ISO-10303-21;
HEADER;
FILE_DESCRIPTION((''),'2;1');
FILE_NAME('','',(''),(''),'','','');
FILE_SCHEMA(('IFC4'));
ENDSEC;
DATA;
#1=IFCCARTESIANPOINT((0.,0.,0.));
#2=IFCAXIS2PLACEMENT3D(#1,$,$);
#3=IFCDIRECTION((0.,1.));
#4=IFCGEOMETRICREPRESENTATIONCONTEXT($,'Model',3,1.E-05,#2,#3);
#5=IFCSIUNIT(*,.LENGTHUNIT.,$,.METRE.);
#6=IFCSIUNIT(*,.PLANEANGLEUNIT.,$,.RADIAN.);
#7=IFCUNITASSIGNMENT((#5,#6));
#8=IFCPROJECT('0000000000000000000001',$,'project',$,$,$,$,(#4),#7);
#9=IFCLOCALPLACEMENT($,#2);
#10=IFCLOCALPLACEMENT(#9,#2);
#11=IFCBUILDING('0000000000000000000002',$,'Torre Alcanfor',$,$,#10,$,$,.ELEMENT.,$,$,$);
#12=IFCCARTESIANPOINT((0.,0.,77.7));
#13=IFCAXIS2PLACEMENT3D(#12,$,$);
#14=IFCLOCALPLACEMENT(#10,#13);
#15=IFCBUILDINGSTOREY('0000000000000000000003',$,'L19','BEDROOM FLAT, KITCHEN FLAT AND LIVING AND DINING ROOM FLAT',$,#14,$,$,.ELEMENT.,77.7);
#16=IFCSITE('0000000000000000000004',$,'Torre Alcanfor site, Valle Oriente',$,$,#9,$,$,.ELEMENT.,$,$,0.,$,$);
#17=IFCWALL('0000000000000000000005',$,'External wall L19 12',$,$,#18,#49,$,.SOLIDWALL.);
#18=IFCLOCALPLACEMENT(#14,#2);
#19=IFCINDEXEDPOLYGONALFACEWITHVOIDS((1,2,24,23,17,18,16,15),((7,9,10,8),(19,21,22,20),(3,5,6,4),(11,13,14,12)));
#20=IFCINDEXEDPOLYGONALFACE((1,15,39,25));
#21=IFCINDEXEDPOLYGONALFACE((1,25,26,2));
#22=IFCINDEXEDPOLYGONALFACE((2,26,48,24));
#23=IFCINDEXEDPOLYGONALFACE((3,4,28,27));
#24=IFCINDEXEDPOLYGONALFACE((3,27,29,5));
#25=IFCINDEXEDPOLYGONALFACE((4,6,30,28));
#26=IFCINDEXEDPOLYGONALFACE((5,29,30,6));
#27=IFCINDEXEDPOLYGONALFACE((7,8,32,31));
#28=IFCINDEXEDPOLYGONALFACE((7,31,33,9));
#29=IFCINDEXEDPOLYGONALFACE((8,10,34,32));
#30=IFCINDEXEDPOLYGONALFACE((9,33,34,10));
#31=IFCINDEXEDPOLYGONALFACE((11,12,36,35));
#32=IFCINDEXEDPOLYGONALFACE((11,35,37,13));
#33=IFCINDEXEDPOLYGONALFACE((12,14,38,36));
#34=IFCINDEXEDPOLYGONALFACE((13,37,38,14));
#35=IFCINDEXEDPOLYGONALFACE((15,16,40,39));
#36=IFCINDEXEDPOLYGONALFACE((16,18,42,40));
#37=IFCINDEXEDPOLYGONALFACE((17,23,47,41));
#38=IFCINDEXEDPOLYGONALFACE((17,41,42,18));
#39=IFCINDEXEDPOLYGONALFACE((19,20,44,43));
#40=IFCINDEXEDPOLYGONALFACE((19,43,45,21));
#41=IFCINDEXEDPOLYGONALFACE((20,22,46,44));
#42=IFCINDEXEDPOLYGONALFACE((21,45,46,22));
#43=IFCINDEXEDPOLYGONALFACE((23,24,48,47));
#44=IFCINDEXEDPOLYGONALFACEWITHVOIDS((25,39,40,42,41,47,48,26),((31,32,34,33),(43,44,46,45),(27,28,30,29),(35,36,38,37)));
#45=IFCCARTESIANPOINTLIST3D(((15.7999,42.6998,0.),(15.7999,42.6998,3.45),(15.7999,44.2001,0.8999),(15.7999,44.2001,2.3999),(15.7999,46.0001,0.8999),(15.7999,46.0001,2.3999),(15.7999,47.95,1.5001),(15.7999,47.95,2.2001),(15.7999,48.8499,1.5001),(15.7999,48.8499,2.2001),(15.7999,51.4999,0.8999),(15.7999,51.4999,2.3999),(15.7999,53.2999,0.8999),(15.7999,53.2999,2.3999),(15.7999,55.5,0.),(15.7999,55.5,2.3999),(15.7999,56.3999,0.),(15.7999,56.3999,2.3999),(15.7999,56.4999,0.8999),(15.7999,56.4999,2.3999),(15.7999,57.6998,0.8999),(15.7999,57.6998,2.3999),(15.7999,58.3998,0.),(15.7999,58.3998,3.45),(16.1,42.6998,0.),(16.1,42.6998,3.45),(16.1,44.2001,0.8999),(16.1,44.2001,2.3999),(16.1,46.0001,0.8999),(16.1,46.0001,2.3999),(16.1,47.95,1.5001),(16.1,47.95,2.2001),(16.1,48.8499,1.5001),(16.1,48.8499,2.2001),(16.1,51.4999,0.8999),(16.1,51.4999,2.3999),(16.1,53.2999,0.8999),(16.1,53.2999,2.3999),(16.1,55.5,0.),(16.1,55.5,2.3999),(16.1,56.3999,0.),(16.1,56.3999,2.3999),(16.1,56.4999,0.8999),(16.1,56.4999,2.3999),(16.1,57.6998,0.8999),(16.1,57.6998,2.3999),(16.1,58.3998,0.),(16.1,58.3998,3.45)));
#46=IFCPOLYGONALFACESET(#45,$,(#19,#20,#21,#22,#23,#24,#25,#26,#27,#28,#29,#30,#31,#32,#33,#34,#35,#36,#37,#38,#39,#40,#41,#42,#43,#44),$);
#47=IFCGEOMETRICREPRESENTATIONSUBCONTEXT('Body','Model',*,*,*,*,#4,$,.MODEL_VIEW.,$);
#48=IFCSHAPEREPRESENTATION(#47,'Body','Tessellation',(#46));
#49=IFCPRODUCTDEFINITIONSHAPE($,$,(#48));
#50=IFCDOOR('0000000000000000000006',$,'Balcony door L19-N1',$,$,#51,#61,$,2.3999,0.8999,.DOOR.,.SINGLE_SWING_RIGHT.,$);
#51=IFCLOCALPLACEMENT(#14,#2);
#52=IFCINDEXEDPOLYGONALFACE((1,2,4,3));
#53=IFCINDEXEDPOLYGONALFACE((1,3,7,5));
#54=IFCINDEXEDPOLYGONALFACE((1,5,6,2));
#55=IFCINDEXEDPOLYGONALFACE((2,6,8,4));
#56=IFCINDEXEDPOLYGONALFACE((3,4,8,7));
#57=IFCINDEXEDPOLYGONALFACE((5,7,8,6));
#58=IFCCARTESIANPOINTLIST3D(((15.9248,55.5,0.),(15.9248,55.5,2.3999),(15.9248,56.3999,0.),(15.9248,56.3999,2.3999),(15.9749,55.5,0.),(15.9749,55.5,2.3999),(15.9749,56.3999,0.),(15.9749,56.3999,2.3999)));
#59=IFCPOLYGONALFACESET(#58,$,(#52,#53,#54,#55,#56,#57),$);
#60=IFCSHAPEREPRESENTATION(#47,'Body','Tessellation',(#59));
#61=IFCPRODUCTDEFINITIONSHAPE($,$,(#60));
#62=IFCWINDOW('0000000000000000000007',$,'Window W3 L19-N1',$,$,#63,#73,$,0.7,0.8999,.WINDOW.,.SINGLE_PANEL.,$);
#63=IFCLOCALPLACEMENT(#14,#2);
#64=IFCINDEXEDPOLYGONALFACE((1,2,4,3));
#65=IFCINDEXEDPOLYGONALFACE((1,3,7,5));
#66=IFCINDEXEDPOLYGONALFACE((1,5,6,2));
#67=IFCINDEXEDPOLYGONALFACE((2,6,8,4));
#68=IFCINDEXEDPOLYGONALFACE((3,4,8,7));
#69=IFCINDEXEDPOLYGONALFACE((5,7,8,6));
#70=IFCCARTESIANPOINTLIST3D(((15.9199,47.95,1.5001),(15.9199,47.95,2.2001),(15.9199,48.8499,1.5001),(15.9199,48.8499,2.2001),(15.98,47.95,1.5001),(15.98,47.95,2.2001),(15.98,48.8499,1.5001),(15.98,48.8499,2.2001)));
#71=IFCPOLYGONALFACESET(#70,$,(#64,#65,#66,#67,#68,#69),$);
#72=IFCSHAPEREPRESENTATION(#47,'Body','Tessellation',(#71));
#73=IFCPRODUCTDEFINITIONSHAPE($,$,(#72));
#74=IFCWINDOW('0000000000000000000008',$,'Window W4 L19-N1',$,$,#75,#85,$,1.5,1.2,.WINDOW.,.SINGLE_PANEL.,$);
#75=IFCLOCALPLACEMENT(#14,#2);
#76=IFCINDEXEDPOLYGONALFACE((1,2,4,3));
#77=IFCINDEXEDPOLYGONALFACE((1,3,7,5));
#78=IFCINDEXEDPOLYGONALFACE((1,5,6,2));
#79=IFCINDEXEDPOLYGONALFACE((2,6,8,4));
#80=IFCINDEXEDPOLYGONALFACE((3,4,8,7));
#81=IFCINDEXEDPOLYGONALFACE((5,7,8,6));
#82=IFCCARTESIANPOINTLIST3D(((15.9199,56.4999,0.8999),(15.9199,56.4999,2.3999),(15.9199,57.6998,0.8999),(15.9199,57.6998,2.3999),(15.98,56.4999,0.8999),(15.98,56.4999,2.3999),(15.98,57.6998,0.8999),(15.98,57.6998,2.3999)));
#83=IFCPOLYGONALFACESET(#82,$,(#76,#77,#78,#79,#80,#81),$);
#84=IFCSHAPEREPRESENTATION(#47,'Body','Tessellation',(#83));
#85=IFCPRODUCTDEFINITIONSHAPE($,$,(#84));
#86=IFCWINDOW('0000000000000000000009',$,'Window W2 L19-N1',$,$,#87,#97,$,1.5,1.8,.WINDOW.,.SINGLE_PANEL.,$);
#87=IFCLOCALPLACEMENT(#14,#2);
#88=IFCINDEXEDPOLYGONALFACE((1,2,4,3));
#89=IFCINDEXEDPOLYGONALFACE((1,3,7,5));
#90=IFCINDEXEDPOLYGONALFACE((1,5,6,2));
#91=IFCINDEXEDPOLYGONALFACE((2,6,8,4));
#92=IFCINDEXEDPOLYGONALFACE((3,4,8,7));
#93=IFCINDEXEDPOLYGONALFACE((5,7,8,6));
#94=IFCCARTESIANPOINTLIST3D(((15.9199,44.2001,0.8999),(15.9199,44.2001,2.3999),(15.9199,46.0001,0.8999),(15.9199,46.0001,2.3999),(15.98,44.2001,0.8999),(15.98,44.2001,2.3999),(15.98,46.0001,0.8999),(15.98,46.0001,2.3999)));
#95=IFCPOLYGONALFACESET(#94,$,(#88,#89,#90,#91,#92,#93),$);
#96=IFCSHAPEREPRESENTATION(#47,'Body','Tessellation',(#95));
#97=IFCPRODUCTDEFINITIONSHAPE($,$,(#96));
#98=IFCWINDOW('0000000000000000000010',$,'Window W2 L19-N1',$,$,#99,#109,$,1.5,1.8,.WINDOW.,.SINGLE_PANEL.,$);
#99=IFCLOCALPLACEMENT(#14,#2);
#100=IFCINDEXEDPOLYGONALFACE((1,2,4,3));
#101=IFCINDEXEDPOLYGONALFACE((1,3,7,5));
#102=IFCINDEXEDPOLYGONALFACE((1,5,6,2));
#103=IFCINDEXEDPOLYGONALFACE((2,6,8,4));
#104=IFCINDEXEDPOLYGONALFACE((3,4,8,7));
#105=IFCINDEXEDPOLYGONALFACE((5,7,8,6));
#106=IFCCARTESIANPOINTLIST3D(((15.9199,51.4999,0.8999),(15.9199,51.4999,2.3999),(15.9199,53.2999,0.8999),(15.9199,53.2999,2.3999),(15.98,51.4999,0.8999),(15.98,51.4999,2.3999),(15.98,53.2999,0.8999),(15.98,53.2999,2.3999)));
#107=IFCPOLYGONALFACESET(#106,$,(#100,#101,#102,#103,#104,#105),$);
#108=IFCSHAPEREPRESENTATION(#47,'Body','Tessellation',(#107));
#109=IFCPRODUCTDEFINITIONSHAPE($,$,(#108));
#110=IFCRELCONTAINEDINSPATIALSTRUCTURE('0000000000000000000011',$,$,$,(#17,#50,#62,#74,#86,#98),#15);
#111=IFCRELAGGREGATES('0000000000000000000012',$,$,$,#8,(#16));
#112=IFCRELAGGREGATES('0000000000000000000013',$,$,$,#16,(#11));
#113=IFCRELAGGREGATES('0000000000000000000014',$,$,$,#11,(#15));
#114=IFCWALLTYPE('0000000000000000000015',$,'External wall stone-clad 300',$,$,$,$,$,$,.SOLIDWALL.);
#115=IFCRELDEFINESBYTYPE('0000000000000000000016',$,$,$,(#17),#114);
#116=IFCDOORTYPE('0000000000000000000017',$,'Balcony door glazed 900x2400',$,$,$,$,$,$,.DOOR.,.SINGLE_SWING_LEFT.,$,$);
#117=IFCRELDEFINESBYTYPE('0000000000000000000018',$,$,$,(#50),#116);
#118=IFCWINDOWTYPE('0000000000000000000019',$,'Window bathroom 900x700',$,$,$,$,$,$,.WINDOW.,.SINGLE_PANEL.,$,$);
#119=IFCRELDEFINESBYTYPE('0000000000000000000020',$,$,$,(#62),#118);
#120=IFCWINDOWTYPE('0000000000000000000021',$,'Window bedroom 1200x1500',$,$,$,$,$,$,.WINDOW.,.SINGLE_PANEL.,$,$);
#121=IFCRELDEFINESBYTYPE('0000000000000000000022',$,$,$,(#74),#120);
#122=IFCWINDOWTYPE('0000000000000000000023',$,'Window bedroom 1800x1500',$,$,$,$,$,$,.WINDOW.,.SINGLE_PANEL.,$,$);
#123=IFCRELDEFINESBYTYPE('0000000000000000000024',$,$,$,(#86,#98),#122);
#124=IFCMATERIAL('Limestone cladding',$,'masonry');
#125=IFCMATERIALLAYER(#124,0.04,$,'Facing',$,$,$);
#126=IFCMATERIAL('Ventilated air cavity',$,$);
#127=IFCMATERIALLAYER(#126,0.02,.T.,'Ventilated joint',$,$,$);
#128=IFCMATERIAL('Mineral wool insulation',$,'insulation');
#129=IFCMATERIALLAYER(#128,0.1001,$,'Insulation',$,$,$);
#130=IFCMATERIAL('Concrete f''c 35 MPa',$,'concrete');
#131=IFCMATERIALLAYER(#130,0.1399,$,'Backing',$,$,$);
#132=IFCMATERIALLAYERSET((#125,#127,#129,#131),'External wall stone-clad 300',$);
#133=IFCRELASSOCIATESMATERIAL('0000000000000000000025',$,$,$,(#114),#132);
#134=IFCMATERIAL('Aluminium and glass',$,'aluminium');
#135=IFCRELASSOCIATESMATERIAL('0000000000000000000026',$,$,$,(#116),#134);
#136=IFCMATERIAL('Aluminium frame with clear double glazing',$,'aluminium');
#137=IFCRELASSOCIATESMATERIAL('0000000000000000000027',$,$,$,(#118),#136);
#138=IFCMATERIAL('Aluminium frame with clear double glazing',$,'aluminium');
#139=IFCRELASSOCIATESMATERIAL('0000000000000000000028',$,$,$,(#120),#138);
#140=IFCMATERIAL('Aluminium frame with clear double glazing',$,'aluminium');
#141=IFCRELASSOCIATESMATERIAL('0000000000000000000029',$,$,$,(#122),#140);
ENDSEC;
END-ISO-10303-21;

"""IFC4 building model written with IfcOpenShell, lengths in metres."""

from ifc_helpers import new_model, si_unit, direction, frame, frame_2d, origin, place, context, subcontext, project, spatial, rectangle, extrude, material, layer, layer_set, type_object, element, fill, save


model = new_model("IFC4")

# Units and contexts
model_context = context("Model", 3, precision=1e-05, world=origin(), true_north=direction((0.0, 1.0)))
body_context = subcontext(model_context, "Body", "Model", "MODEL_VIEW")
ifc_project = project(units=[si_unit("LENGTHUNIT", "METRE"), si_unit("PLANEANGLEUNIT", "RADIAN")], contexts=[model_context])

# Site, building, storey
site_placement = place(None, origin())
site = spatial("IfcSite", under=ifc_project, at=site_placement, Name="Torre Alcanfor site, Valle Oriente", CompositionType="ELEMENT", RefElevation=0.0)
building_placement = place(site_placement, origin())
building = spatial("IfcBuilding", under=site, at=building_placement, Name="Torre Alcanfor", CompositionType="ELEMENT")
storey_placement = place(building_placement, frame((0.0, 0.0, 77.7)))
storey = spatial("IfcBuildingStorey", under=building, at=storey_placement, Name="L19", Description="BEDROOM FLAT, KITCHEN FLAT AND LIVING AND DINING ROOM FLAT", CompositionType="ELEMENT", Elevation=77.7)

# Wall, openings, door, windows
ifc_material_1 = material(Name="Limestone cladding", Category="masonry")
ifc_layer_1 = layer(ifc_material_1, 0.04, Name="Facing")
ifc_material_2 = material(Name="Ventilated air cavity")
ifc_layer_2 = layer(ifc_material_2, 0.02, ventilated=True, Name="Ventilated joint")
ifc_material_3 = material(Name="Mineral wool insulation", Category="insulation")
ifc_layer_3 = layer(ifc_material_3, 0.1001, Name="Insulation")
ifc_material_4 = material(Name="Concrete f'c 35 MPa", Category="concrete")
ifc_layer_4 = layer(ifc_material_4, 0.1399, Name="Backing")
ifc_layer_set_1 = layer_set([ifc_layer_1, ifc_layer_2, ifc_layer_3, ifc_layer_4], Name="External wall stone-clad 300")
wall_type_1 = type_object("IfcWallType", Name="External wall stone-clad 300", PredefinedType="SOLIDWALL", material=ifc_layer_set_1)
ifc_material_5 = material(Name="Aluminium and glass", Category="aluminium")
door_type = type_object("IfcDoorType", Name="Balcony door glazed 900x2400", OperationType="SINGLE_SWING_LEFT", PredefinedType="DOOR", material=ifc_material_5)
ifc_material_6 = material(Name="Aluminium frame with clear double glazing", Category="aluminium")
window_type_1 = type_object("IfcWindowType", Name="Window bathroom 900x700", PartitioningType="SINGLE_PANEL", PredefinedType="WINDOW", material=ifc_material_6)
ifc_material_7 = material(Name="Aluminium frame with clear double glazing", Category="aluminium")
window_type_2 = type_object("IfcWindowType", Name="Window bedroom 1200x1500", PartitioningType="SINGLE_PANEL", PredefinedType="WINDOW", material=ifc_material_7)
ifc_material_8 = material(Name="Aluminium frame with clear double glazing", Category="aluminium")
window_type_3 = type_object("IfcWindowType", Name="Window bedroom 1800x1500", PartitioningType="SINGLE_PANEL", PredefinedType="WINDOW", material=ifc_material_8)
wall_1_placement = place(storey_placement, frame((15.95, 58.3999, 0.0), z_axis=(0.0, 0.0, 1.0), x_axis=(0.0, -1.0, 0.0)))
wall_1 = element("IfcWall", 1, at=wall_1_placement, inside=storey, type_object=wall_type_1, Name="External wall L19 12", PredefinedType="SOLIDWALL", context=body_context, shape_type="SweptSolid", body=[
    extrude(rectangle(XDim=15.7, YDim=0.3, at=frame_2d((7.8501, 0.0))), origin(), (0.0, 0.0, 1.0), 3.45),
])
opening_1_placement = place(wall_1_placement, frame((12.3999, 0.0, 0.8999)))
opening_1 = element("IfcOpeningElement", 2, at=opening_1_placement, cuts=wall_1, PredefinedType="OPENING", context=body_context, shape_type="SweptSolid", body=[
    extrude(rectangle(XDim=1.8, YDim=1.5, at=frame_2d((0.8999, 0.75))), frame((0.0, 0.1599, 0.0), z_axis=(0.0, -1.0, 0.0), x_axis=(1.0, 0.0, 0.0)), (0.0, 0.0, 1.0), 0.3201),
])
opening_2_placement = place(wall_1_placement, frame((9.55, 0.0, 1.5)))
opening_2 = element("IfcOpeningElement", 3, at=opening_2_placement, cuts=wall_1, PredefinedType="OPENING", context=body_context, shape_type="SweptSolid", body=[
    extrude(rectangle(XDim=0.8999, YDim=0.7, at=frame_2d((0.45, 0.3501))), frame((0.0, 0.1599, 0.0), z_axis=(0.0, -1.0, 0.0), x_axis=(1.0, 0.0, 0.0)), (0.0, 0.0, 1.0), 0.3201),
])
opening_3_placement = place(wall_1_placement, frame((5.1001, 0.0, 0.8999)))
opening_3 = element("IfcOpeningElement", 4, at=opening_3_placement, cuts=wall_1, PredefinedType="OPENING", context=body_context, shape_type="SweptSolid", body=[
    extrude(rectangle(XDim=1.8, YDim=1.5, at=frame_2d((0.8999, 0.75))), frame((0.0, 0.1599, 0.0), z_axis=(0.0, -1.0, 0.0), x_axis=(1.0, 0.0, 0.0)), (0.0, 0.0, 1.0), 0.3201),
])
opening_4_placement = place(wall_1_placement, frame((2.0, 0.0, 0.0)))
opening_4 = element("IfcOpeningElement", 5, at=opening_4_placement, cuts=wall_1, PredefinedType="OPENING", context=body_context, shape_type="SweptSolid", body=[
    extrude(rectangle(XDim=0.8999, YDim=2.3999, at=frame_2d((0.45, 1.2))), frame((0.0, 0.1599, 0.0), z_axis=(0.0, -1.0, 0.0), x_axis=(1.0, 0.0, 0.0)), (0.0, 0.0, 1.0), 0.3201),
])
opening_5_placement = place(wall_1_placement, frame((0.7, 0.0, 0.8999)))
opening_5 = element("IfcOpeningElement", 6, at=opening_5_placement, cuts=wall_1, PredefinedType="OPENING", context=body_context, shape_type="SweptSolid", body=[
    extrude(rectangle(XDim=1.2, YDim=1.5, at=frame_2d((0.6001, 0.75))), frame((0.0, 0.1599, 0.0), z_axis=(0.0, -1.0, 0.0), x_axis=(1.0, 0.0, 0.0)), (0.0, 0.0, 1.0), 0.3201),
])
door_1_placement = place(opening_4_placement, origin())
door_1 = element("IfcDoor", 7, at=door_1_placement, inside=storey, type_object=door_type, Name="Balcony door L19-N1", OperationType="SINGLE_SWING_RIGHT", OverallHeight=2.3999, OverallWidth=0.8999, PredefinedType="DOOR", context=body_context, shape_type="SweptSolid", body=[
    extrude(rectangle(XDim=0.8999, YDim=2.3999, at=frame_2d((0.45, 1.2))), frame((0.0, 0.0249, 0.0), z_axis=(0.0, -1.0, 0.0), x_axis=(1.0, 0.0, 0.0)), (0.0, 0.0, 1.0), 0.05),
])
fill(opening_4, door_1)
window_1_placement = place(opening_2_placement, origin())
window_1 = element("IfcWindow", 8, at=window_1_placement, inside=storey, type_object=window_type_1, Name="Window W3 L19-N1", OverallHeight=0.7, OverallWidth=0.8999, PartitioningType="SINGLE_PANEL", PredefinedType="WINDOW", context=body_context, shape_type="SweptSolid", body=[
    extrude(rectangle(XDim=0.8999, YDim=0.7, at=frame_2d((0.45, 0.3501))), frame((0.0, 0.03, 0.0), z_axis=(0.0, -1.0, 0.0), x_axis=(1.0, 0.0, 0.0)), (0.0, 0.0, 1.0), 0.0601),
])
fill(opening_2, window_1)
window_2_placement = place(opening_5_placement, origin())
window_2 = element("IfcWindow", 9, at=window_2_placement, inside=storey, type_object=window_type_2, Name="Window W4 L19-N1", OverallHeight=1.5, OverallWidth=1.2, PartitioningType="SINGLE_PANEL", PredefinedType="WINDOW", context=body_context, shape_type="SweptSolid", body=[
    extrude(rectangle(XDim=1.2, YDim=1.5, at=frame_2d((0.6001, 0.75))), frame((0.0, 0.03, 0.0), z_axis=(0.0, -1.0, 0.0), x_axis=(1.0, 0.0, 0.0)), (0.0, 0.0, 1.0), 0.0601),
])
fill(opening_5, window_2)
window_3_placement = place(opening_1_placement, origin())
window_3 = element("IfcWindow", 10, at=window_3_placement, inside=storey, type_object=window_type_3, Name="Window W2 L19-N1", OverallHeight=1.5, OverallWidth=1.8, PartitioningType="SINGLE_PANEL", PredefinedType="WINDOW", context=body_context, shape_type="SweptSolid", body=[
    extrude(rectangle(XDim=1.8, YDim=1.5, at=frame_2d((0.8999, 0.75))), frame((0.0, 0.03, 0.0), z_axis=(0.0, -1.0, 0.0), x_axis=(1.0, 0.0, 0.0)), (0.0, 0.0, 1.0), 0.0601),
])
fill(opening_1, window_3)
window_4_placement = place(opening_3_placement, origin())
window_4 = element("IfcWindow", 11, at=window_4_placement, inside=storey, type_object=window_type_3, Name="Window W2 L19-N1", OverallHeight=1.5, OverallWidth=1.8, PartitioningType="SINGLE_PANEL", PredefinedType="WINDOW", context=body_context, shape_type="SweptSolid", body=[
    extrude(rectangle(XDim=1.8, YDim=1.5, at=frame_2d((0.8999, 0.75))), frame((0.0, 0.03, 0.0), z_axis=(0.0, -1.0, 0.0), x_axis=(1.0, 0.0, 0.0)), (0.0, 0.0, 1.0), 0.0601),
])
fill(opening_3, window_4)

save(model, "model.ifc")
